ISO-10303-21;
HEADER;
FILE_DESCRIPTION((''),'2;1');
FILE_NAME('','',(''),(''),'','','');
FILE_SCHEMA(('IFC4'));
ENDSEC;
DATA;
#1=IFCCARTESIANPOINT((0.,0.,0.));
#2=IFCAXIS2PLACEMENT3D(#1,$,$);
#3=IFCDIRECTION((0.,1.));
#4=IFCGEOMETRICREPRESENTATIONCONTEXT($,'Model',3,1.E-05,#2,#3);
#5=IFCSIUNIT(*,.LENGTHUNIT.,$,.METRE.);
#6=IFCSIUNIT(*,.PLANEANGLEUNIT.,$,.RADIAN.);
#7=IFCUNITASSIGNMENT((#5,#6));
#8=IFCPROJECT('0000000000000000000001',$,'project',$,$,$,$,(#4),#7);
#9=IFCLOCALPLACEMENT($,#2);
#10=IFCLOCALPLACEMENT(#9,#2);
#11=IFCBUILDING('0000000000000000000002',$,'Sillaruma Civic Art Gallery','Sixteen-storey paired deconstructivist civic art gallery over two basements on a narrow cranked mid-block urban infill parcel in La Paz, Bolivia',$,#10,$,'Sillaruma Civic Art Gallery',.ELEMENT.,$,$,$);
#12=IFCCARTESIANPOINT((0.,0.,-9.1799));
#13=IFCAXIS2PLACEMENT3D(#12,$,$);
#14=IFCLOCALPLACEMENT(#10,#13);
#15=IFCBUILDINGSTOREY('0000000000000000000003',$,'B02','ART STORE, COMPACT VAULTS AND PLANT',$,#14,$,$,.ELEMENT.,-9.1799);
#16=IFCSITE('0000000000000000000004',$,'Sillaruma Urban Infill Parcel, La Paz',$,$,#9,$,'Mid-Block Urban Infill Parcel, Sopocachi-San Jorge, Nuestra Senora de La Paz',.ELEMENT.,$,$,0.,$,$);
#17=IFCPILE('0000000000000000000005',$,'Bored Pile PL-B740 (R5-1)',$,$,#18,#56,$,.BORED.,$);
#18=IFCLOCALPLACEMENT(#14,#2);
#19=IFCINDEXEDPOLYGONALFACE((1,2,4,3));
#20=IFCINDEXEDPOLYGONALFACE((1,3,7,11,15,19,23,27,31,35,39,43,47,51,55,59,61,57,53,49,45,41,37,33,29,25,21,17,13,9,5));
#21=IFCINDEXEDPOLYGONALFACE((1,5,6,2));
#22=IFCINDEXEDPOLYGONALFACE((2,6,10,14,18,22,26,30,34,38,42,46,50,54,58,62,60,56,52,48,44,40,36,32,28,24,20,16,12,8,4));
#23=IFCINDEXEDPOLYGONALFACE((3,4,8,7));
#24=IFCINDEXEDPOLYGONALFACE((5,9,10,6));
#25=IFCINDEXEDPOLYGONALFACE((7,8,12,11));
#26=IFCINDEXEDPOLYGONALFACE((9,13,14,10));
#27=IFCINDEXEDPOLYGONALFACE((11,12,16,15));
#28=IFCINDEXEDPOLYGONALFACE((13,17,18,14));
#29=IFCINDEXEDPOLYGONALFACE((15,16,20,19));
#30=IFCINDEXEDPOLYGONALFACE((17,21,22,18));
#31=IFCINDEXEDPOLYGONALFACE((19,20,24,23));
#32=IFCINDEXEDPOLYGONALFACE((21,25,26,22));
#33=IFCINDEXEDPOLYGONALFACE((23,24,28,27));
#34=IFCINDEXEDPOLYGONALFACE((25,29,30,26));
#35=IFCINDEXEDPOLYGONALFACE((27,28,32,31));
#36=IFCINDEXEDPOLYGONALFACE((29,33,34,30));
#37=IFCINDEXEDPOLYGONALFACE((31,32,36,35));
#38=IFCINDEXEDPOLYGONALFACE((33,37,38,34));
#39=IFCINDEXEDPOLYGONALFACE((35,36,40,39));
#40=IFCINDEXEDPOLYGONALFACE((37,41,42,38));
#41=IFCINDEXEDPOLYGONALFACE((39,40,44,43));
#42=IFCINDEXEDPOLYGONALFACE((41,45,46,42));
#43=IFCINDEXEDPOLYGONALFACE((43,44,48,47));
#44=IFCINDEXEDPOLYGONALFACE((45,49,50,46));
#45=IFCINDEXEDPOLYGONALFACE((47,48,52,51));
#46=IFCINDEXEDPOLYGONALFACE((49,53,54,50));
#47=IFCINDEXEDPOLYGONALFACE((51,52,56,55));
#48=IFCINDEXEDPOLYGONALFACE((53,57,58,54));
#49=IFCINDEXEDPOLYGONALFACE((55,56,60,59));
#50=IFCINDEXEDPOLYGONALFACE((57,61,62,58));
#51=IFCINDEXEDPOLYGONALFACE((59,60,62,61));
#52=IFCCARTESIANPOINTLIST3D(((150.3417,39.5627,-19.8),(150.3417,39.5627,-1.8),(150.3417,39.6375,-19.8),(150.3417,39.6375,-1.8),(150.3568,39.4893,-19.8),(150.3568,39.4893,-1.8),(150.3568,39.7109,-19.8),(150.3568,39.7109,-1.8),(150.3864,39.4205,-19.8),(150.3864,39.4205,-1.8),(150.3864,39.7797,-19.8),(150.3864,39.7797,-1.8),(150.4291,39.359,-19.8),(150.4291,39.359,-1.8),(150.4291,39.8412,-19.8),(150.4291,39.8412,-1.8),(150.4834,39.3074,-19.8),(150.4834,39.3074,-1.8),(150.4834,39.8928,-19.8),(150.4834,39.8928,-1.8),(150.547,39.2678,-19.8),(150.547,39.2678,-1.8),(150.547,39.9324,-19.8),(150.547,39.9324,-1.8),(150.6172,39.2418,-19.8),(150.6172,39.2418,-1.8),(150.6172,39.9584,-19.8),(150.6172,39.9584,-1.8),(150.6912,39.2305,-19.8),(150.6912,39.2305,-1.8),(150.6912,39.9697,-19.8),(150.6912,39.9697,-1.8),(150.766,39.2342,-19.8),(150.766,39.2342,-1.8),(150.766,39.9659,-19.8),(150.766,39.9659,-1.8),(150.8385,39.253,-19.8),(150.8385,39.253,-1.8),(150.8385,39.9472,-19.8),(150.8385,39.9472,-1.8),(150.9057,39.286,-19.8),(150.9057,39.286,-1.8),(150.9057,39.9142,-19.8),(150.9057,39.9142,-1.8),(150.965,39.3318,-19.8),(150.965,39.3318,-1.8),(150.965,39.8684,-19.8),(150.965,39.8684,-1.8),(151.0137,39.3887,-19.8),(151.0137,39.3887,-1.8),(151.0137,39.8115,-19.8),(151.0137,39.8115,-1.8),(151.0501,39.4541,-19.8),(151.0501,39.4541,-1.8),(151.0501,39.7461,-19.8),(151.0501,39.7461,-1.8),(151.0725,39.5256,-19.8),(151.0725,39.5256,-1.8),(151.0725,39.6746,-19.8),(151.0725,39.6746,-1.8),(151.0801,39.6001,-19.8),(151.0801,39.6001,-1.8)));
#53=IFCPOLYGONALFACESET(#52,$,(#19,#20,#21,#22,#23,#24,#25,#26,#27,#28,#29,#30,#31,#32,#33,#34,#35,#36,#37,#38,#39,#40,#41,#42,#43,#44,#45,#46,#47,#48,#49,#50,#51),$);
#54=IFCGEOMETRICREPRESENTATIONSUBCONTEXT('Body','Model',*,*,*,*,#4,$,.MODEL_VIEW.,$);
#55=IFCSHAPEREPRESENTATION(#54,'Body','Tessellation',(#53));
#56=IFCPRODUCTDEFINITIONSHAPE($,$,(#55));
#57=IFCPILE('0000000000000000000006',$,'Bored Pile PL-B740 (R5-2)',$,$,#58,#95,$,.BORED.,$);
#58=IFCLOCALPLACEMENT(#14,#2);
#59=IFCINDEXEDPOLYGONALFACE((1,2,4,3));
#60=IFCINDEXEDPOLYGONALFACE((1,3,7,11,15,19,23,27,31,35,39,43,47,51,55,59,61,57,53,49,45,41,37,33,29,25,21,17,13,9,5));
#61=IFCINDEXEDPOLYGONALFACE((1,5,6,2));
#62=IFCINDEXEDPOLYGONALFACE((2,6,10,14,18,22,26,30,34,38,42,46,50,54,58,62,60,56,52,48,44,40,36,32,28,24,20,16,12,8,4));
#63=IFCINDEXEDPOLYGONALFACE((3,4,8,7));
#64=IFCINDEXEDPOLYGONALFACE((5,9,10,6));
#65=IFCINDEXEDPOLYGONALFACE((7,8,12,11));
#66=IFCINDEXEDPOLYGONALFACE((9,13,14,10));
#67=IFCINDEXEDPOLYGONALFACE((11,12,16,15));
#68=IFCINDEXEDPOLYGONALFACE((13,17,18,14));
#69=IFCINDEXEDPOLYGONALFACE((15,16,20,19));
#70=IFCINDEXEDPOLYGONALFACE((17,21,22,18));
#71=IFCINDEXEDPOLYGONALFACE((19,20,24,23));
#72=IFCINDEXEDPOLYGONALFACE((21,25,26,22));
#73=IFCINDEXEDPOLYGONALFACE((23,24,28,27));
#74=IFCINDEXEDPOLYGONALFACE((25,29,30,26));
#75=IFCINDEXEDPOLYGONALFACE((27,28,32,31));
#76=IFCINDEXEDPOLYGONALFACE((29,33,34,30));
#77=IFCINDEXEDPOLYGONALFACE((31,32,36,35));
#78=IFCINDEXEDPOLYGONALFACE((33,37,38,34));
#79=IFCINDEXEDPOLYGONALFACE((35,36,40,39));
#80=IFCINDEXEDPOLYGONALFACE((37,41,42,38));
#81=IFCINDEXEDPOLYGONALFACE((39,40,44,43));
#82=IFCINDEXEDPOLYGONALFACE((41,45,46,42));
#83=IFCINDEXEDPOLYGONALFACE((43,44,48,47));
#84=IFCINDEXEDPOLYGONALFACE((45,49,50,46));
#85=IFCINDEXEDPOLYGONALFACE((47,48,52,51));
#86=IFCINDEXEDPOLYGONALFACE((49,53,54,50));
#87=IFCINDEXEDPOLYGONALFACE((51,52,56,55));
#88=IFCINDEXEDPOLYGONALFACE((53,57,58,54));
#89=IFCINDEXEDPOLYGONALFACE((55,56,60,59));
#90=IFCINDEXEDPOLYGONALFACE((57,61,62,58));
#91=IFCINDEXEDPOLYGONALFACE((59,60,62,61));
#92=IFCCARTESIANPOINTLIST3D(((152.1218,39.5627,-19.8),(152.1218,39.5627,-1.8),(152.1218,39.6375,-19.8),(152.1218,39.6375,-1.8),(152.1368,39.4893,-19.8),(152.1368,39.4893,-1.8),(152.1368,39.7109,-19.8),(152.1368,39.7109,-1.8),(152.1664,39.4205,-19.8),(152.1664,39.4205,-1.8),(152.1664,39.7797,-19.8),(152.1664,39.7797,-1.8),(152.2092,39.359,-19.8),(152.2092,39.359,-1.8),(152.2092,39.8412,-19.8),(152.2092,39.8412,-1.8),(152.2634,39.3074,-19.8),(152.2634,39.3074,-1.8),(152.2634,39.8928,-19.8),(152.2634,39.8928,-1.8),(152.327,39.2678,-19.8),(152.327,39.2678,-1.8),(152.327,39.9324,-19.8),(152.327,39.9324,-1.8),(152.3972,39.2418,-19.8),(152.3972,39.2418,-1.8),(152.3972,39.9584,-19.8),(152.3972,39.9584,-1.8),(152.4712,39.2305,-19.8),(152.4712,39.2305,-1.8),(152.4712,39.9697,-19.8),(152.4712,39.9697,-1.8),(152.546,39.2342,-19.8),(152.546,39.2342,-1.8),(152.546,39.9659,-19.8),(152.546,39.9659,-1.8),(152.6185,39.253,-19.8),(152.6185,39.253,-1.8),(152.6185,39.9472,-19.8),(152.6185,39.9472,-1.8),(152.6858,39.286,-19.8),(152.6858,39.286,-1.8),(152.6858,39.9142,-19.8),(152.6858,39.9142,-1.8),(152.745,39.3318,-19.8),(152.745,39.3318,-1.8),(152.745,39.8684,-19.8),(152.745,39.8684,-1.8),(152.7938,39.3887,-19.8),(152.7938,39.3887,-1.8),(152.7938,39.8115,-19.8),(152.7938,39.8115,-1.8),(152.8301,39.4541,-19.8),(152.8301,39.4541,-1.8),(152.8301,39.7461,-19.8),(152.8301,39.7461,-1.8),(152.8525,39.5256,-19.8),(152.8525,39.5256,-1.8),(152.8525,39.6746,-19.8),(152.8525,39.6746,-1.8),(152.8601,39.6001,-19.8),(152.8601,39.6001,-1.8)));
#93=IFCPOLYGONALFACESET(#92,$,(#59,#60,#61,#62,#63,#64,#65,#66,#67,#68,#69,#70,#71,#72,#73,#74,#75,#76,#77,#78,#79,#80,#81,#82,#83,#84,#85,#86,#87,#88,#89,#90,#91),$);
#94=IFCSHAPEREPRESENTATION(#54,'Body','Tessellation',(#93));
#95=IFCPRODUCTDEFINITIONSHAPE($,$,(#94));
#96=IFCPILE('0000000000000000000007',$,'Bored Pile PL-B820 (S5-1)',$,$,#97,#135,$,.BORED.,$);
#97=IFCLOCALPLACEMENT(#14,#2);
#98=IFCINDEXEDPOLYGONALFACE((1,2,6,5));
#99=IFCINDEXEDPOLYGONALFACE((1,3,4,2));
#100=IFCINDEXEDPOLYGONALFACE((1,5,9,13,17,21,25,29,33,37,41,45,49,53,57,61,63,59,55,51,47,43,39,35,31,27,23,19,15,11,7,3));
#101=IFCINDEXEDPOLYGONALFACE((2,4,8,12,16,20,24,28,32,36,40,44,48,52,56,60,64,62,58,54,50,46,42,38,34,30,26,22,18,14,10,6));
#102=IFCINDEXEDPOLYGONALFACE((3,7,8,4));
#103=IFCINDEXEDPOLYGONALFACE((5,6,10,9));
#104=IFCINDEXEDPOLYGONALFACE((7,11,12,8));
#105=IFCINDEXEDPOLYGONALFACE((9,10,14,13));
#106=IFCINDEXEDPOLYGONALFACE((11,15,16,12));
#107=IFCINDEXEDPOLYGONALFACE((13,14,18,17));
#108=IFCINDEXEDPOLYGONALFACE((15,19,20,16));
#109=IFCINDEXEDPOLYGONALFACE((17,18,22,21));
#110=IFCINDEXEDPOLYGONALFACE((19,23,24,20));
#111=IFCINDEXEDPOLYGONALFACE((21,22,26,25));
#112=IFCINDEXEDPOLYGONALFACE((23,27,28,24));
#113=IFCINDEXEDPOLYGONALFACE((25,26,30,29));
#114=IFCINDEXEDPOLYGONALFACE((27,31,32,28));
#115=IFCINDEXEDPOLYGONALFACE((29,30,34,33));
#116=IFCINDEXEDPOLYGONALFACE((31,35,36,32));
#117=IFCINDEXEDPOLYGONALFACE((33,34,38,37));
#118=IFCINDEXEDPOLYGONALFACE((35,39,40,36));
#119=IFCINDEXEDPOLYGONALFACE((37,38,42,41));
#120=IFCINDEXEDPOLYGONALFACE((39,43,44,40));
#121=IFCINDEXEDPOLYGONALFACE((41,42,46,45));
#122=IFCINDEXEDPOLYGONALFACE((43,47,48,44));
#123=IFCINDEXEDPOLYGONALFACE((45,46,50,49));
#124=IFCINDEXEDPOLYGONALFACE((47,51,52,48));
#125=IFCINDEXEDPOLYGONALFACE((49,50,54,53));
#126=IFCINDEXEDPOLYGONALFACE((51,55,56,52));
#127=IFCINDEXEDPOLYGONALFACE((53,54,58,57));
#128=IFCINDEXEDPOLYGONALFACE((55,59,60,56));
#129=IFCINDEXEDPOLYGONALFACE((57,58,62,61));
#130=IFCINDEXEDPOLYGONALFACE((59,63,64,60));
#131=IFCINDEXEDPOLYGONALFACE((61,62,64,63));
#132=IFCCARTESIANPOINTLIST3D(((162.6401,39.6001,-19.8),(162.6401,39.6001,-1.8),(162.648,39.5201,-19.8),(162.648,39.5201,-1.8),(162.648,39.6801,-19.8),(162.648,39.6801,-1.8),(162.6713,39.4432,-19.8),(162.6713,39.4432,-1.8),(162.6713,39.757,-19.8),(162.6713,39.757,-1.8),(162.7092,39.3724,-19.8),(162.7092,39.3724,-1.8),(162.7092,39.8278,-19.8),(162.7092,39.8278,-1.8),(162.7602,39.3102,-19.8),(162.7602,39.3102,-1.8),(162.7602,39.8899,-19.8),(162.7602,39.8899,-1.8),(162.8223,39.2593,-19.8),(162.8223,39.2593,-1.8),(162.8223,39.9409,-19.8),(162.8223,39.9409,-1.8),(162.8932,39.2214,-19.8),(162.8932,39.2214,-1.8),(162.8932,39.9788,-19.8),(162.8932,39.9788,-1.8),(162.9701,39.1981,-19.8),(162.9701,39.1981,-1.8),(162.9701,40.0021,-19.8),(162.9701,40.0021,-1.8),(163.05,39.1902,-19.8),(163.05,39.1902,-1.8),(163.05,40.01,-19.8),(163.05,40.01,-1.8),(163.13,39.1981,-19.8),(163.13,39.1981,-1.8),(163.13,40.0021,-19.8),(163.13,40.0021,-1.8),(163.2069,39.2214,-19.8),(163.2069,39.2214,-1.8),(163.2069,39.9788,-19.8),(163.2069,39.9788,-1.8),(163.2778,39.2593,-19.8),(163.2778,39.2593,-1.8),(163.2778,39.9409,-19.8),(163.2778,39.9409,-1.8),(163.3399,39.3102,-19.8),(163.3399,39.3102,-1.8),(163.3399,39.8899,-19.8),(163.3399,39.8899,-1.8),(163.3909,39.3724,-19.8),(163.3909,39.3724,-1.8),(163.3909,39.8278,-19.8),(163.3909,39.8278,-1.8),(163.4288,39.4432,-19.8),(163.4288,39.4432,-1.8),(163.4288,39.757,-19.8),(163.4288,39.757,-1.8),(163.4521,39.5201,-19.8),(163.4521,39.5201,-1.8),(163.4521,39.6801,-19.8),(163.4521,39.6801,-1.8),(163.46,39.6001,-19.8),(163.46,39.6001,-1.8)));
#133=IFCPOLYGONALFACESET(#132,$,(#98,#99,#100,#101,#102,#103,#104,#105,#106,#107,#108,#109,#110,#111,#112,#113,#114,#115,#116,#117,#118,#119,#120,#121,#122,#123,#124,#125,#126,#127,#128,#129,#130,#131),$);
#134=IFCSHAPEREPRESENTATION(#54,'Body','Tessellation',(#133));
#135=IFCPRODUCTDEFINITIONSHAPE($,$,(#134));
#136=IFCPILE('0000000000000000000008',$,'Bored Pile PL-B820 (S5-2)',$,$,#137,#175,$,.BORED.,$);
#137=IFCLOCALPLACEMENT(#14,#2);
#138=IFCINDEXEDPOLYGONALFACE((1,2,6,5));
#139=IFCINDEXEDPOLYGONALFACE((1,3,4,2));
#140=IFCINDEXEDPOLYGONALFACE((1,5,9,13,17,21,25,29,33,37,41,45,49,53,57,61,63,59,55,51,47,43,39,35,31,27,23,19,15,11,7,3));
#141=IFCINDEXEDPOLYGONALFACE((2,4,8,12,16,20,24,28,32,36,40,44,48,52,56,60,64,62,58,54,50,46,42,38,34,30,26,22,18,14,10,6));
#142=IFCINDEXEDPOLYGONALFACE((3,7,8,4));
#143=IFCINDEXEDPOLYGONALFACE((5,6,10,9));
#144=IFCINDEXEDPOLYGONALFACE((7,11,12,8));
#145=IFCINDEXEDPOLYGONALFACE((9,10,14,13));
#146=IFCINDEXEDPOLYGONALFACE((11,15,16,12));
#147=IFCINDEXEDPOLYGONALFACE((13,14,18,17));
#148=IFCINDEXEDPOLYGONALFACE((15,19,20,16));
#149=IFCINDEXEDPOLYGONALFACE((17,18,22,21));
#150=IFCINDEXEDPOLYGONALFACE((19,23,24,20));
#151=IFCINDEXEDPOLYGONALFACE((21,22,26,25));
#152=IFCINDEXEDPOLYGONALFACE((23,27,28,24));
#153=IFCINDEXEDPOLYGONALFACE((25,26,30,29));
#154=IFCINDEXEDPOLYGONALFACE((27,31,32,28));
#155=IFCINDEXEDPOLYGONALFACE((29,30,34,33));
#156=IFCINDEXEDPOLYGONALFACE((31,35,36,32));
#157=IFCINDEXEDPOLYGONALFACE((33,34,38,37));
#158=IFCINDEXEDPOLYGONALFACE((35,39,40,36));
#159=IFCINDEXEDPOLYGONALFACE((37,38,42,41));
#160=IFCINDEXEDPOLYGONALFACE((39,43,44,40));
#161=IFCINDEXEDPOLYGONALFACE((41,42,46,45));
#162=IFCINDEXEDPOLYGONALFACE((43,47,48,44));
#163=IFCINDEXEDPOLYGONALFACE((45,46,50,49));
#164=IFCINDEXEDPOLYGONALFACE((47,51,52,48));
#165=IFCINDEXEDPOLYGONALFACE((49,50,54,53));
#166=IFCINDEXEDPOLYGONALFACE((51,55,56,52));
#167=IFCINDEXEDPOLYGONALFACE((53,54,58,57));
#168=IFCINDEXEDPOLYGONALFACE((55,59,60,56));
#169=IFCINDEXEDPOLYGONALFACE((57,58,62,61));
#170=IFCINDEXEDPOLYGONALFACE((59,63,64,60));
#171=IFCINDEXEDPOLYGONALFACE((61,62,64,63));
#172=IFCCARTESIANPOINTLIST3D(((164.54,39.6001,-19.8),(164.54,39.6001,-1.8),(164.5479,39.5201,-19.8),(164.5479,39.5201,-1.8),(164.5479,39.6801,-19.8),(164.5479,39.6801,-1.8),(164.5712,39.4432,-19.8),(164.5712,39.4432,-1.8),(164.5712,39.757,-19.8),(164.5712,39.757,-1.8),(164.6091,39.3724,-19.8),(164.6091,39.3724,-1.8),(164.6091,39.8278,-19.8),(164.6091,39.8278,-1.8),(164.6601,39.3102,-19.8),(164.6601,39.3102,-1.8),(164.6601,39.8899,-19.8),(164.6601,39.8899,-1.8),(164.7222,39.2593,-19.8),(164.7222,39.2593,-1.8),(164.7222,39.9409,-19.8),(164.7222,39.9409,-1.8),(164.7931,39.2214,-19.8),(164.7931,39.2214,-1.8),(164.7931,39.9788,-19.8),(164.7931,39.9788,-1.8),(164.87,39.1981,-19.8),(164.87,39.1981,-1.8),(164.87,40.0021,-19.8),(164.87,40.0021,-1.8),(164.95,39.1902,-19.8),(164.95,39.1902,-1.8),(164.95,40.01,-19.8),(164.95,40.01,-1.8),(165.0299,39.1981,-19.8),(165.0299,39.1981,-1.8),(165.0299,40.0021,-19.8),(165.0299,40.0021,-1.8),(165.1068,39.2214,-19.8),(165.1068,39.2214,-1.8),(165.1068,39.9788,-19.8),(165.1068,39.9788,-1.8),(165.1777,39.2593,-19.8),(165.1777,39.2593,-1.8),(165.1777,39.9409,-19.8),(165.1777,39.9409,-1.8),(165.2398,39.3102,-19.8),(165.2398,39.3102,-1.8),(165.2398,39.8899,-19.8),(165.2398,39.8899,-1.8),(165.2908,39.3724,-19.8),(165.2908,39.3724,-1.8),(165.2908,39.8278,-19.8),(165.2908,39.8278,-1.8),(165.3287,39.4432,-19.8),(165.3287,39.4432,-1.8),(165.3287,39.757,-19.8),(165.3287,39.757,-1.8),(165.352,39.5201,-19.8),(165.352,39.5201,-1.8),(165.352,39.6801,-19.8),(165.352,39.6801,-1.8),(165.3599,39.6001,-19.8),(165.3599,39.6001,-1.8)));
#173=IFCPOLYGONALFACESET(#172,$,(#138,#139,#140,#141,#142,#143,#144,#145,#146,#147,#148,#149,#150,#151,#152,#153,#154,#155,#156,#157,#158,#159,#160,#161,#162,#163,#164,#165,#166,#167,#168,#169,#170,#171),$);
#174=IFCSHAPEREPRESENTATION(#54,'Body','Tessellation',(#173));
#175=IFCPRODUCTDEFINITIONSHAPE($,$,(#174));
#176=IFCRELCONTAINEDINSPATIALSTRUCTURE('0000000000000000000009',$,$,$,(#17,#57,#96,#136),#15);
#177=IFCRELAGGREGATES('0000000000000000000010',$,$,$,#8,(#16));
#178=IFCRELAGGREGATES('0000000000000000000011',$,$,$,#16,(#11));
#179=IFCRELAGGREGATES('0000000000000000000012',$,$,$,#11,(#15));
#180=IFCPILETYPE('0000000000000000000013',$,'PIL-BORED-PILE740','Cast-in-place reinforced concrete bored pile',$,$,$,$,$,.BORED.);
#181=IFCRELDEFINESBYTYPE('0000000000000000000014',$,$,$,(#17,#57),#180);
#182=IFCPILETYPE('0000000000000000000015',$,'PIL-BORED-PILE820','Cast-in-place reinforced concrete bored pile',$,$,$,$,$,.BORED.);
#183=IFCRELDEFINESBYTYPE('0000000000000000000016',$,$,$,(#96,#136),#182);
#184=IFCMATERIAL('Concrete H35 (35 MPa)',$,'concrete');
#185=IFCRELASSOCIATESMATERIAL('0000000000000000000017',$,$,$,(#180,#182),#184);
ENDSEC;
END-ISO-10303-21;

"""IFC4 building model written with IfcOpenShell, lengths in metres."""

from ifc_helpers import new_model, si_unit, direction, frame, origin, origin_2d, place, context, subcontext, project, spatial, circle, extrude, material, material_profile, profile_set, type_object, element, save


model = new_model("IFC4")

# Units and contexts
model_context = context("Model", 3, precision=1e-05, world=origin(), true_north=direction((0.0, 1.0)))
body_context = subcontext(model_context, "Body", "Model", "MODEL_VIEW")
ifc_project = project(units=[si_unit("LENGTHUNIT", "METRE"), si_unit("PLANEANGLEUNIT", "RADIAN")], contexts=[model_context])

# Site, building, storey
site_placement = place(None, origin())
site = spatial("IfcSite", under=ifc_project, at=site_placement, Name="Sillaruma Urban Infill Parcel, La Paz", LongName="Mid-Block Urban Infill Parcel, Sopocachi-San Jorge, Nuestra Senora de La Paz", CompositionType="ELEMENT", RefElevation=0.0)
building_placement = place(site_placement, origin())
building = spatial("IfcBuilding", under=site, at=building_placement, Name="Sillaruma Civic Art Gallery", Description="Sixteen-storey paired deconstructivist civic art gallery over two basements on a narrow cranked mid-block urban infill parcel in La Paz, Bolivia", LongName="Sillaruma Civic Art Gallery", CompositionType="ELEMENT")
storey_placement = place(building_placement, frame((0.0, 0.0, -9.1799)))
storey = spatial("IfcBuildingStorey", under=building, at=storey_placement, Name="B02", Description="ART STORE, COMPACT VAULTS AND PLANT", CompositionType="ELEMENT", Elevation=-9.1799)

# Shared definitions
ifc_material_1 = material(Name="Concrete H35 (35 MPa)", Category="concrete")

# Piles
ifc_material_profile_1 = material_profile(ifc_material_1, circle(Radius=0.3701, at=origin_2d()), Name="PILE740")
ifc_profile_set_1 = profile_set([ifc_material_profile_1], Name="Concrete H35 (35 MPa)")
pile_type_1 = type_object("IfcPileType", Name="PIL-BORED-PILE740", Description="Cast-in-place reinforced concrete bored pile", PredefinedType="BORED", material=ifc_profile_set_1)
for number, where, z_axis, x_axis, name in (
    (1, (150.71, 39.6001, -1.8), (0.0, 0.0, -1.0), (1.0, 0.0, 0.0), "Bored Pile PL-B740 (R5-1)"),
    (2, (152.49, 39.6001, -1.8), (0.0, 0.0, -1.0), (1.0, 0.0, 0.0), "Bored Pile PL-B740 (R5-2)"),
):
    element("IfcPile", number, at=place(storey_placement, frame(where, z_axis=z_axis, x_axis=x_axis)), inside=storey, type_object=pile_type_1, Name=name, PredefinedType="BORED", context=body_context, shape_type="SweptSolid", body=[
        extrude(circle(Radius=0.3701, at=origin_2d()), origin(), (0.0, 0.0, 1.0), 18.0),
    ])
ifc_material_profile_2 = material_profile(ifc_material_1, circle(Radius=0.4099, at=origin_2d()), Name="PILE820")
ifc_profile_set_2 = profile_set([ifc_material_profile_2], Name="Concrete H35 (35 MPa)")
pile_type_2 = type_object("IfcPileType", Name="PIL-BORED-PILE820", Description="Cast-in-place reinforced concrete bored pile", PredefinedType="BORED", material=ifc_profile_set_2)
for number, where, z_axis, x_axis, name in (
    (3, (163.05, 39.6001, -1.8), (0.0, 0.0, -1.0), (1.0, 0.0, 0.0), "Bored Pile PL-B820 (S5-1)"),
    (4, (164.95, 39.6001, -1.8), (0.0, 0.0, -1.0), (1.0, 0.0, 0.0), "Bored Pile PL-B820 (S5-2)"),
):
    element("IfcPile", number, at=place(storey_placement, frame(where, z_axis=z_axis, x_axis=x_axis)), inside=storey, type_object=pile_type_2, Name=name, PredefinedType="BORED", context=body_context, shape_type="SweptSolid", body=[
        extrude(circle(Radius=0.4099, at=origin_2d()), origin(), (0.0, 0.0, 1.0), 18.0),
    ])

save(model, "model.ifc")
